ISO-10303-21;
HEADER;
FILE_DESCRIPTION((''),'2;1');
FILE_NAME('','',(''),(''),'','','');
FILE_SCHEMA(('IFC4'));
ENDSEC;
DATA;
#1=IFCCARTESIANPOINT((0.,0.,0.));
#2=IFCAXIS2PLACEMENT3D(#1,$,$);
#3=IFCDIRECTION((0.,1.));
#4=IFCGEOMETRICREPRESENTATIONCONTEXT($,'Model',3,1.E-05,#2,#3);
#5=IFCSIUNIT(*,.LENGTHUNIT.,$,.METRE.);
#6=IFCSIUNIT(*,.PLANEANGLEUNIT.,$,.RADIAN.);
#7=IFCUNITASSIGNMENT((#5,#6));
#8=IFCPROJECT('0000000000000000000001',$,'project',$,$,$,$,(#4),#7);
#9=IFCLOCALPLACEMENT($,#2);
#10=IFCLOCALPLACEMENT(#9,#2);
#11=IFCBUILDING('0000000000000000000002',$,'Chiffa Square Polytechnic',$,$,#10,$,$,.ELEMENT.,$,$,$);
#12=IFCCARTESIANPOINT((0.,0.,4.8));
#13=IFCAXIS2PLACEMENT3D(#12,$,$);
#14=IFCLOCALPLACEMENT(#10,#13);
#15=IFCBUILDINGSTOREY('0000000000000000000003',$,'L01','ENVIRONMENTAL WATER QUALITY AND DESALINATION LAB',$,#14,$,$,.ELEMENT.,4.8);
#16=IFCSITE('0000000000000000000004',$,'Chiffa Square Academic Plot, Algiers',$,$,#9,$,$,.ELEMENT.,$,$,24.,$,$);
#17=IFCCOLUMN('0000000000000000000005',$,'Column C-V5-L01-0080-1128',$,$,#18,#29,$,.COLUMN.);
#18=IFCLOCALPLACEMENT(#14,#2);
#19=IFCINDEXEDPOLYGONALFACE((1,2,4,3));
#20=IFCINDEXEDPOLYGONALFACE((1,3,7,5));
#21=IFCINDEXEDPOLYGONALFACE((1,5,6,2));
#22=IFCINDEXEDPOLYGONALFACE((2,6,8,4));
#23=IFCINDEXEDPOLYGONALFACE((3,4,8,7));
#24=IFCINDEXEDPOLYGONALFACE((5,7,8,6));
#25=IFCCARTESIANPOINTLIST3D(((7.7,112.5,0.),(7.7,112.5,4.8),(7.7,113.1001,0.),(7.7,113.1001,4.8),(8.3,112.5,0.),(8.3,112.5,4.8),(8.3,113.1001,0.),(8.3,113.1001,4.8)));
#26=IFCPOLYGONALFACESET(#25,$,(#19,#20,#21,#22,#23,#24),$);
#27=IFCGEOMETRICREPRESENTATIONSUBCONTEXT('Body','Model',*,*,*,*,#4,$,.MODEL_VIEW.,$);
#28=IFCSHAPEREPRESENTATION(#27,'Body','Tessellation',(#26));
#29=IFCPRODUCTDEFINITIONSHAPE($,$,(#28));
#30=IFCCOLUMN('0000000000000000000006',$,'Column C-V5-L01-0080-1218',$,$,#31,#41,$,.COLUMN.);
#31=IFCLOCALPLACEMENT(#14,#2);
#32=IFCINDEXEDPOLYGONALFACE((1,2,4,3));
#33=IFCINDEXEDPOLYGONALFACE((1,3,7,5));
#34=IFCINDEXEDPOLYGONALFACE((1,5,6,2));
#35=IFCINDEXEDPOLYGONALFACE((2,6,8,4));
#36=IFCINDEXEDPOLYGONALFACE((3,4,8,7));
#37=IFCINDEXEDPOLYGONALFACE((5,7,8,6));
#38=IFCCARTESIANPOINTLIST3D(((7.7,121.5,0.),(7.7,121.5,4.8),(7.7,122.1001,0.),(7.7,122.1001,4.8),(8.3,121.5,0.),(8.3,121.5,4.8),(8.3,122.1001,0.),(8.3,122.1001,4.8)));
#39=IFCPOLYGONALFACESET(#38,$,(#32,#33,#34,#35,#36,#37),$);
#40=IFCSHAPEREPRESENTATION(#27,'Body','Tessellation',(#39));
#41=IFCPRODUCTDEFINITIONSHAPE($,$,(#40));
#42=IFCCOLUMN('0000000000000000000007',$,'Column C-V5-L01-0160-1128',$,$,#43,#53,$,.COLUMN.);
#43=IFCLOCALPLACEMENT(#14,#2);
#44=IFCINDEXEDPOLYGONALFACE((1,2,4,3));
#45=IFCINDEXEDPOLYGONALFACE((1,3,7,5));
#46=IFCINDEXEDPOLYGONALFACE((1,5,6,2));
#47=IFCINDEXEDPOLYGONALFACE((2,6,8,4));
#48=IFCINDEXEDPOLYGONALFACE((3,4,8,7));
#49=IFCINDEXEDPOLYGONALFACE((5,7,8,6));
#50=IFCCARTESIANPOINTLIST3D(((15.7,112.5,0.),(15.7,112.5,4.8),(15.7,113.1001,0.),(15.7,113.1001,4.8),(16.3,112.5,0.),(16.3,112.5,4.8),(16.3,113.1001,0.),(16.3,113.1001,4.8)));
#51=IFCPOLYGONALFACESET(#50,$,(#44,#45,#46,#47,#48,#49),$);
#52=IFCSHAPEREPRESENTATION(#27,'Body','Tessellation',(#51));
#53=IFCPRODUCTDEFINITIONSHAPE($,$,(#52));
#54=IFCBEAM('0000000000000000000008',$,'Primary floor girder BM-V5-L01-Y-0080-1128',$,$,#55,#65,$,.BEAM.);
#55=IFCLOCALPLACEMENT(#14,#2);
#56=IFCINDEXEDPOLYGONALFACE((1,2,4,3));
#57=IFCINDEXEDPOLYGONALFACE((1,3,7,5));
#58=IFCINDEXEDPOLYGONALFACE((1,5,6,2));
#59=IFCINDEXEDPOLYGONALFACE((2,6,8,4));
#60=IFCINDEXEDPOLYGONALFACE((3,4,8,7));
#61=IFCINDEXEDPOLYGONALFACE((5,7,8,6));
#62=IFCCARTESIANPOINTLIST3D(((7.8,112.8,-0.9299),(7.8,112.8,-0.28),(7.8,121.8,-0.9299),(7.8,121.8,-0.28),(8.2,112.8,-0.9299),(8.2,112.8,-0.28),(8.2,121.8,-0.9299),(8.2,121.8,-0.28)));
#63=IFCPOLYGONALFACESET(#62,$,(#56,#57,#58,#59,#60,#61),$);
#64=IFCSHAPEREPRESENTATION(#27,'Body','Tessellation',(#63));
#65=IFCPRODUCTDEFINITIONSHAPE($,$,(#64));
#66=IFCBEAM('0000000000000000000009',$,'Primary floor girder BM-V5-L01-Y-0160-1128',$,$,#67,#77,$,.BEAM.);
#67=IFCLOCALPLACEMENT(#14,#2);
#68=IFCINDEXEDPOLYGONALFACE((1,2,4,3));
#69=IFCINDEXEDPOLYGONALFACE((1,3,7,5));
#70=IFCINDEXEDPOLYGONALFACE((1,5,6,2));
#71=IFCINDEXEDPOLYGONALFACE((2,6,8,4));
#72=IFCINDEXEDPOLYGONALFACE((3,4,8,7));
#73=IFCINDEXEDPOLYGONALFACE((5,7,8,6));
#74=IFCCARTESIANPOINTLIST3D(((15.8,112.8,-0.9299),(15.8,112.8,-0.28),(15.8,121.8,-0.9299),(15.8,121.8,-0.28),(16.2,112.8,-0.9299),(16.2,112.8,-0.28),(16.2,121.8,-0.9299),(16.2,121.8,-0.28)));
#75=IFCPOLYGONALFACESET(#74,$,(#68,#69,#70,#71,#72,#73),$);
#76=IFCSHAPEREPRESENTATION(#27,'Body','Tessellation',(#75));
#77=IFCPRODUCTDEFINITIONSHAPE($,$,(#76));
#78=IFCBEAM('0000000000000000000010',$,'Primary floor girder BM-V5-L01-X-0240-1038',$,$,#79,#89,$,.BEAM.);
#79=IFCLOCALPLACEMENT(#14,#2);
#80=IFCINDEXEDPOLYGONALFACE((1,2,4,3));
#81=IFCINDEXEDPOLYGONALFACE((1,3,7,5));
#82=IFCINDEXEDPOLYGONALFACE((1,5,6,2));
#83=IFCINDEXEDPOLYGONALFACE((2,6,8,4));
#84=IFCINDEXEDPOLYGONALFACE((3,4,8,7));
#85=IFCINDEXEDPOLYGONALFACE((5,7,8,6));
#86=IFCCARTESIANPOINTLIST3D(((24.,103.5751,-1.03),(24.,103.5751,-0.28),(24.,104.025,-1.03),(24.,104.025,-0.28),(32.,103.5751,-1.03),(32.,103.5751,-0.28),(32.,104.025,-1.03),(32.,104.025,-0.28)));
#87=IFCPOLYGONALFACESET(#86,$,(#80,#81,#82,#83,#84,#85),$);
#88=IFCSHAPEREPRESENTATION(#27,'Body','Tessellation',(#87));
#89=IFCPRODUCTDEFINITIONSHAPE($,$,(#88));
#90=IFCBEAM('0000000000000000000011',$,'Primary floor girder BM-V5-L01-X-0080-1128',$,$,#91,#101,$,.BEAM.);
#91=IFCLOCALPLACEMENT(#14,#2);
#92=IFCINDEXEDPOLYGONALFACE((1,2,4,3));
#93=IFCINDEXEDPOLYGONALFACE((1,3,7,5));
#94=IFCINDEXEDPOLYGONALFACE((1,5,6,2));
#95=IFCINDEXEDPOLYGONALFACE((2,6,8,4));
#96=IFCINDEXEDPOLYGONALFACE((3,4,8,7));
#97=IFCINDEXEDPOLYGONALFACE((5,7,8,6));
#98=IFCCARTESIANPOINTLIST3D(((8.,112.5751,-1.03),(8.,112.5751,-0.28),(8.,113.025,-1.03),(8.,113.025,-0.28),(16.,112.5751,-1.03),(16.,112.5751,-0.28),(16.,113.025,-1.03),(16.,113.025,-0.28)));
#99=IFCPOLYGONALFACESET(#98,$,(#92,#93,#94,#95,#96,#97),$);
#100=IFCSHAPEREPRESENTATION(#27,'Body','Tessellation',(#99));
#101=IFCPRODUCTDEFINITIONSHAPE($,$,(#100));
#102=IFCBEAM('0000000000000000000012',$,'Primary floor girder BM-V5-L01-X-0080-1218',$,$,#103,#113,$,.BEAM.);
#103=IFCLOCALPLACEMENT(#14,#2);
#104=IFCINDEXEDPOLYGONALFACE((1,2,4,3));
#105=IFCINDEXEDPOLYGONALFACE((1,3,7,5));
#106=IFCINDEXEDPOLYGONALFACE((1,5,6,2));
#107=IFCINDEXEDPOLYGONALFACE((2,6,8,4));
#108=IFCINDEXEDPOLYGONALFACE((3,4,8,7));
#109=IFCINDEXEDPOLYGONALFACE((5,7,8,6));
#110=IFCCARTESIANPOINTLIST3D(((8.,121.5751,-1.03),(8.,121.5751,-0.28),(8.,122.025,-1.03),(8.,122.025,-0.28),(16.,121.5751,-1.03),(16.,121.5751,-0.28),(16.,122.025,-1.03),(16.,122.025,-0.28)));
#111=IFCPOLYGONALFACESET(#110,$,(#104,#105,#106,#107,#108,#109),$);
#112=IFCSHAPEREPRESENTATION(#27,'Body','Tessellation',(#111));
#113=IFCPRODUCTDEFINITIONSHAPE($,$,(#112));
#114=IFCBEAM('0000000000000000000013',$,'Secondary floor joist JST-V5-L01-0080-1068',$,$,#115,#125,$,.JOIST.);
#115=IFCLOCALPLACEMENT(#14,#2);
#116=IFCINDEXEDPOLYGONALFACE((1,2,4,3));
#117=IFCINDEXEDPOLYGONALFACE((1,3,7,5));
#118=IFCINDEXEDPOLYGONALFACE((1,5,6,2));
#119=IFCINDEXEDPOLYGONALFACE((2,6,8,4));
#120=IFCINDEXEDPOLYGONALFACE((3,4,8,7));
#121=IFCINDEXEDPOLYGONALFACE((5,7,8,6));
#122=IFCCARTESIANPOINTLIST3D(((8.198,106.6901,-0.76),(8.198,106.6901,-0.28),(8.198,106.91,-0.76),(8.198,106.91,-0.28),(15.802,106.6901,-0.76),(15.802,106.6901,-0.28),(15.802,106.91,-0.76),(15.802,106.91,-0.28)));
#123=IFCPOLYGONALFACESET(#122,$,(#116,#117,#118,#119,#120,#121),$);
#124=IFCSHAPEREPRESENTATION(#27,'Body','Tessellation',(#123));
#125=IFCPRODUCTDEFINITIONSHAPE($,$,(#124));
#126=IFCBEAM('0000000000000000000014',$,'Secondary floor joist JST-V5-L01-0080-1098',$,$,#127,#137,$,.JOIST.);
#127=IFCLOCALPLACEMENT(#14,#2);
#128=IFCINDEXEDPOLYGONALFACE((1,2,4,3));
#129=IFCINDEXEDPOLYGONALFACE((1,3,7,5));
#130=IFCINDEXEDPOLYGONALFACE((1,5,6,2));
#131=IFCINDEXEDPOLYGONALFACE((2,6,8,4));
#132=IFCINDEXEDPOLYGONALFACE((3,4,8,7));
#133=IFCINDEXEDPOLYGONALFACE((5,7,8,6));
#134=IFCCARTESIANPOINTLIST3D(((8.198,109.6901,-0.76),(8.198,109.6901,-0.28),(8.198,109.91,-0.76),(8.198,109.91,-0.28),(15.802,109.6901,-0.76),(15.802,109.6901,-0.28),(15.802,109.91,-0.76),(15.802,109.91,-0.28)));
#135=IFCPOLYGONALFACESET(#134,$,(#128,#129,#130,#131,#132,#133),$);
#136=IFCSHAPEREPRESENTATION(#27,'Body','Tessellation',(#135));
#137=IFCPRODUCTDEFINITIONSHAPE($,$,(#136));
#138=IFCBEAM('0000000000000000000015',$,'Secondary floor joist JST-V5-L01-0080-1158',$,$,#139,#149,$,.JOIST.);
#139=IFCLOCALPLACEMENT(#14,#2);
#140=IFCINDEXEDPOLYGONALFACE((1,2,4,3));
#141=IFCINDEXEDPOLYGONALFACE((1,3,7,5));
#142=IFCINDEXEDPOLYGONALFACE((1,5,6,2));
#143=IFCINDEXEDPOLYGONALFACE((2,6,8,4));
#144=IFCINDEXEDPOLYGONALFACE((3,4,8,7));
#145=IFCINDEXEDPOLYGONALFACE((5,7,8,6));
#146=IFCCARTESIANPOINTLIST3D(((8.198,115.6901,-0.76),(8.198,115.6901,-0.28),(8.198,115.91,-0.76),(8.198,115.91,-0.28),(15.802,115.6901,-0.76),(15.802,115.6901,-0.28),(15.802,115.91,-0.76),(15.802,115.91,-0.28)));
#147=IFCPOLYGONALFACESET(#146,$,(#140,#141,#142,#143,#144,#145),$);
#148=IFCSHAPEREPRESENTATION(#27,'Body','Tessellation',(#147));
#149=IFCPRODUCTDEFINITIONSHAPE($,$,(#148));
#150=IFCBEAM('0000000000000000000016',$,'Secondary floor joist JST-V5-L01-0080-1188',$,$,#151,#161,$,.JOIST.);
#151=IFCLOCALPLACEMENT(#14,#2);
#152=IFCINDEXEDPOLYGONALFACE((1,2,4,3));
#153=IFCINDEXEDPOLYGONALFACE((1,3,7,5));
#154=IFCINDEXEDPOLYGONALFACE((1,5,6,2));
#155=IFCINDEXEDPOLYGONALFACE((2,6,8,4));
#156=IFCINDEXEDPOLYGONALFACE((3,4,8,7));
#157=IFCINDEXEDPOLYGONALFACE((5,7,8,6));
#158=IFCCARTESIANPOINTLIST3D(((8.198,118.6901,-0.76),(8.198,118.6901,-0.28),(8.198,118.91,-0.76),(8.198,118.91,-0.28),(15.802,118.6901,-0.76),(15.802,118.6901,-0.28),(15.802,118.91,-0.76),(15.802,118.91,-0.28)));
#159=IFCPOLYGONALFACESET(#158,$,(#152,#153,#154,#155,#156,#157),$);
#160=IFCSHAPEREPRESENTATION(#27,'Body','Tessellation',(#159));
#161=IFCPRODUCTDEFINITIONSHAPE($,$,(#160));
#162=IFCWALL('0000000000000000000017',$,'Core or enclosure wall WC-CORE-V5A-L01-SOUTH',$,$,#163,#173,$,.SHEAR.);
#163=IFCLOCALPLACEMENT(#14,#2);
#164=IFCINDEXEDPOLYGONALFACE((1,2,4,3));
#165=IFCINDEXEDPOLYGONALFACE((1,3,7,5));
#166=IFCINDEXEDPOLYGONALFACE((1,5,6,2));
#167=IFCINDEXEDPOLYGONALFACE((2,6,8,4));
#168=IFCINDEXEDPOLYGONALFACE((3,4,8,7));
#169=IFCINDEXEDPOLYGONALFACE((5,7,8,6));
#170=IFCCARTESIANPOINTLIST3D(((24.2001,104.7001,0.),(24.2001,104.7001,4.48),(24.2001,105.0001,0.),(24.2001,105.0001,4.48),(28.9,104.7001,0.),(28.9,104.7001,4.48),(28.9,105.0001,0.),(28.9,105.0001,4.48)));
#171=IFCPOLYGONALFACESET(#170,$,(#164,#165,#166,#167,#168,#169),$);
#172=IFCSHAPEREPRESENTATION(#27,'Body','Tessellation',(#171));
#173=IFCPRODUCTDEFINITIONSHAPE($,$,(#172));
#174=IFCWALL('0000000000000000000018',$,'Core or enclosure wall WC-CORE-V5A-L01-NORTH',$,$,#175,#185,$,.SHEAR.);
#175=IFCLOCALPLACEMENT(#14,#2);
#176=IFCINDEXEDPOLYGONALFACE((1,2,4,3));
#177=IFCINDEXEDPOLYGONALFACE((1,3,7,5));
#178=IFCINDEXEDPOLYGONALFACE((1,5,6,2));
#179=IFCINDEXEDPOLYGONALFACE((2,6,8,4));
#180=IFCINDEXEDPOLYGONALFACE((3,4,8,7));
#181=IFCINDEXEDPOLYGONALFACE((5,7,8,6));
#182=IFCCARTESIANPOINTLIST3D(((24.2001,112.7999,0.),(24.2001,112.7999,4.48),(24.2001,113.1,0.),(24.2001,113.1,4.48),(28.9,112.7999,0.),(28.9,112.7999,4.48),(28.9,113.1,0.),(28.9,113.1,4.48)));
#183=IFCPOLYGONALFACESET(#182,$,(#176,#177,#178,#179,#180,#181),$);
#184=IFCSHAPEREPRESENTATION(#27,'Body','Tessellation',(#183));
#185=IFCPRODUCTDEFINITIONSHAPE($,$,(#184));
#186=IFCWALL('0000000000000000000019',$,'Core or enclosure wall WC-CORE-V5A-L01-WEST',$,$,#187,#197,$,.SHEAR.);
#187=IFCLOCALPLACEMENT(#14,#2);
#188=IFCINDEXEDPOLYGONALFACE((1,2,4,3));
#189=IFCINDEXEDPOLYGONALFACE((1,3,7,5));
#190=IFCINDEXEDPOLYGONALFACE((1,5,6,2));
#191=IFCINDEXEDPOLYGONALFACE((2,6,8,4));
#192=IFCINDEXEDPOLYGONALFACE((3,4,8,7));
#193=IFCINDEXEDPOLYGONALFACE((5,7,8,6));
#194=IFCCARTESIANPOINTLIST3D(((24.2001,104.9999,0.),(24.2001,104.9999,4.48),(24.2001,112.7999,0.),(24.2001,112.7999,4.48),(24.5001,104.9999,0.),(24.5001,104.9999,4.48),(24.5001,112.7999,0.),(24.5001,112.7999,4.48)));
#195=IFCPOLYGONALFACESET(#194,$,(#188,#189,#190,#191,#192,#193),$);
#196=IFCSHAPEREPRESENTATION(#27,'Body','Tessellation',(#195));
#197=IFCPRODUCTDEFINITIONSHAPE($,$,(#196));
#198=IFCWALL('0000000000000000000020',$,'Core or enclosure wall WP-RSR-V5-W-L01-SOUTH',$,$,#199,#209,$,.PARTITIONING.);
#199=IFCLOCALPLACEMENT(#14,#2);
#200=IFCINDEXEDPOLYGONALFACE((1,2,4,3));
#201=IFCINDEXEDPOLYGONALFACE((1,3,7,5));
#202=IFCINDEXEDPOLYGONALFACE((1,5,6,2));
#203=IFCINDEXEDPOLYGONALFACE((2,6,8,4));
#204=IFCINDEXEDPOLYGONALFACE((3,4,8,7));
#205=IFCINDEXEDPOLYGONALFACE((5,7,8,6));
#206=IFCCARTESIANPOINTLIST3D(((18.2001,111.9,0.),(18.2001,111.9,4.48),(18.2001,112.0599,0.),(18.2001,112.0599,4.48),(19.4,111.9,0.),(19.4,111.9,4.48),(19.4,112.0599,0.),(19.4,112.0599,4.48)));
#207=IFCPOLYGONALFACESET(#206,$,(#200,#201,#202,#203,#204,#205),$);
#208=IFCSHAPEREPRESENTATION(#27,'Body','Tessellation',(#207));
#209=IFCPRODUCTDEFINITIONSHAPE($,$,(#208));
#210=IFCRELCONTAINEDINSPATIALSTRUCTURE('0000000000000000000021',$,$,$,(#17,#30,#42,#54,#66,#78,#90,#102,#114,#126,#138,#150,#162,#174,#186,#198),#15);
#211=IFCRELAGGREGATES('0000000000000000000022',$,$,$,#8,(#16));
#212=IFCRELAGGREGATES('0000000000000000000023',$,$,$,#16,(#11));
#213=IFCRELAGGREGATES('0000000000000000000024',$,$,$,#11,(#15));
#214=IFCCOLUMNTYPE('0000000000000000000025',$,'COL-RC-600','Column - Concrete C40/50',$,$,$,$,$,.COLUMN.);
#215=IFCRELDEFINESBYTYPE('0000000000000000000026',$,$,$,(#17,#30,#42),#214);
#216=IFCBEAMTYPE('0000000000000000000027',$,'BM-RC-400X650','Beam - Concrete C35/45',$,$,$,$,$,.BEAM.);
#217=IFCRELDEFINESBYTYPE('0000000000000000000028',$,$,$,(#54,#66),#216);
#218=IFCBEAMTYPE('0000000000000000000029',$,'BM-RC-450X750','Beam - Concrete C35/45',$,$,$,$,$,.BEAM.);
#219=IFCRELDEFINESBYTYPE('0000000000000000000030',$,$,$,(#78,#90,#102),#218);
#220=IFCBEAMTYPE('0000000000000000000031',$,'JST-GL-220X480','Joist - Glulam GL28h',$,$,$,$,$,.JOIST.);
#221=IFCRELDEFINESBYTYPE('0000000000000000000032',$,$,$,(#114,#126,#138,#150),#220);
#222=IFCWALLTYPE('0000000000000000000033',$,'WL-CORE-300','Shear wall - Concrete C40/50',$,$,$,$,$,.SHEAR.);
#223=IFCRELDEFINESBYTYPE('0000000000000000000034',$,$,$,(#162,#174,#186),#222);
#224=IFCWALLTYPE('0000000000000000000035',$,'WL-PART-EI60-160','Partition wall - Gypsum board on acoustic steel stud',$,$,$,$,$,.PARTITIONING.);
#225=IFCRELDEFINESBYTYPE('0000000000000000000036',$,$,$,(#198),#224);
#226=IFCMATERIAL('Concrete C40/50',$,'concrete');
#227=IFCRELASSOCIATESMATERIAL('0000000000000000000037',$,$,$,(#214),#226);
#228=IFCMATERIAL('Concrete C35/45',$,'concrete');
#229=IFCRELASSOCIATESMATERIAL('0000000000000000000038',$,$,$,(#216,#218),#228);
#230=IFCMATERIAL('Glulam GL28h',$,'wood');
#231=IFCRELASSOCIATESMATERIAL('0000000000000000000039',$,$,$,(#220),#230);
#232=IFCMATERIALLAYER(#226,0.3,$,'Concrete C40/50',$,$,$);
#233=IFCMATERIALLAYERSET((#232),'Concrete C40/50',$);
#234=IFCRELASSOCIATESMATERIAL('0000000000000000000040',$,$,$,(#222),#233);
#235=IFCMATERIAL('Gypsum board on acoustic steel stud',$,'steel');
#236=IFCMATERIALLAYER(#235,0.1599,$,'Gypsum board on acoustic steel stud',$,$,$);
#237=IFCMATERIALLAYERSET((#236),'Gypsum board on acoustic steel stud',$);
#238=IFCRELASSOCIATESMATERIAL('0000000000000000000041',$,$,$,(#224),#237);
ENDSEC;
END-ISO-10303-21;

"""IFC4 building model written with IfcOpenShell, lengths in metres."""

from ifc_helpers import new_model, si_unit, direction, frame, frame_2d, origin, origin_2d, place, context, subcontext, project, spatial, rectangle, extrude, material, layer, layer_set, material_profile, profile_set, type_object, element, save


model = new_model("IFC4")

# Units and contexts
model_context = context("Model", 3, precision=1e-05, world=origin(), true_north=direction((0.0, 1.0)))
body_context = subcontext(model_context, "Body", "Model", "MODEL_VIEW")
ifc_project = project(units=[si_unit("LENGTHUNIT", "METRE"), si_unit("PLANEANGLEUNIT", "RADIAN")], contexts=[model_context])

# Site, building, storey
site_placement = place(None, origin())
site = spatial("IfcSite", under=ifc_project, at=site_placement, Name="Chiffa Square Academic Plot, Algiers", CompositionType="ELEMENT", RefElevation=24.0)
building_placement = place(site_placement, origin())
building = spatial("IfcBuilding", under=site, at=building_placement, Name="Chiffa Square Polytechnic", CompositionType="ELEMENT")
storey_placement = place(building_placement, frame((0.0, 0.0, 4.8)))
storey = spatial("IfcBuildingStorey", under=building, at=storey_placement, Name="L01", Description="ENVIRONMENTAL WATER QUALITY AND DESALINATION LAB", CompositionType="ELEMENT", Elevation=4.8)

# Columns
ifc_material_1 = material(Name="Concrete C40/50", Category="concrete")
ifc_material_profile_1 = material_profile(ifc_material_1, rectangle(XDim=0.6001, YDim=0.6001, at=origin_2d()), Name="RC 600x600")
ifc_profile_set_1 = profile_set([ifc_material_profile_1], Name="Concrete C40/50")
column_type = type_object("IfcColumnType", Name="COL-RC-600", Description="Column - Concrete C40/50", PredefinedType="COLUMN", material=ifc_profile_set_1)
for number, where, z_axis, x_axis, name in (
    (1, (8.0, 112.8, 0.0), (0.0, 0.0, 1.0), (1.0, 0.0, 0.0), "Column C-V5-L01-0080-1128"),
    (2, (8.0, 121.8, 0.0), (0.0, 0.0, 1.0), (1.0, 0.0, 0.0), "Column C-V5-L01-0080-1218"),
    (3, (16.0, 112.8, 0.0), (0.0, 0.0, 1.0), (1.0, 0.0, 0.0), "Column C-V5-L01-0160-1128"),
):
    element("IfcColumn", number, at=place(storey_placement, frame(where, z_axis=z_axis, x_axis=x_axis)), inside=storey, type_object=column_type, Name=name, PredefinedType="COLUMN", context=body_context, shape_type="SweptSolid", body=[
        extrude(rectangle(XDim=0.6001, YDim=0.6001, at=origin_2d()), origin(), (0.0, 0.0, 1.0), 4.8),
    ])

# Beams
ifc_material_2 = material(Name="Concrete C35/45", Category="concrete")
ifc_material_profile_2 = material_profile(ifc_material_2, rectangle(XDim=0.3999, YDim=0.6499, at=origin_2d()), Name="RC 400x650")
ifc_profile_set_2 = profile_set([ifc_material_profile_2], Name="Concrete C35/45")
beam_type_1 = type_object("IfcBeamType", Name="BM-RC-400X650", Description="Beam - Concrete C35/45", PredefinedType="BEAM", material=ifc_profile_set_2)
for number, where, z_axis, x_axis, name in (
    (4, (8.0, 112.8, -0.605), (0.0, 1.0, 0.0), (-1.0, 0.0, 0.0), "Primary floor girder BM-V5-L01-Y-0080-1128"),
    (5, (16.0, 112.8, -0.605), (0.0, 1.0, 0.0), (-1.0, 0.0, 0.0), "Primary floor girder BM-V5-L01-Y-0160-1128"),
):
    element("IfcBeam", number, at=place(storey_placement, frame(where, z_axis=z_axis, x_axis=x_axis)), inside=storey, type_object=beam_type_1, Name=name, PredefinedType="BEAM", context=body_context, shape_type="SweptSolid", body=[
        extrude(rectangle(XDim=0.3999, YDim=0.6499, at=origin_2d()), origin(), (0.0, 0.0, 1.0), 9.0),
    ])
ifc_material_profile_3 = material_profile(ifc_material_2, rectangle(XDim=0.45, YDim=0.75, at=origin_2d()), Name="RC 450x750")
ifc_profile_set_3 = profile_set([ifc_material_profile_3], Name="Concrete C35/45")
beam_type_2 = type_object("IfcBeamType", Name="BM-RC-450X750", Description="Beam - Concrete C35/45", PredefinedType="BEAM", material=ifc_profile_set_3)
for number, where, z_axis, x_axis, name in (
    (6, (24.0, 103.8, -0.655), (1.0, 0.0, 0.0), (0.0, 1.0, 0.0), "Primary floor girder BM-V5-L01-X-0240-1038"),
    (7, (8.0, 112.8, -0.655), (1.0, 0.0, 0.0), (0.0, 1.0, 0.0), "Primary floor girder BM-V5-L01-X-0080-1128"),
    (8, (8.0, 121.8, -0.655), (1.0, 0.0, 0.0), (0.0, 1.0, 0.0), "Primary floor girder BM-V5-L01-X-0080-1218"),
):
    element("IfcBeam", number, at=place(storey_placement, frame(where, z_axis=z_axis, x_axis=x_axis)), inside=storey, type_object=beam_type_2, Name=name, PredefinedType="BEAM", context=body_context, shape_type="SweptSolid", body=[
        extrude(rectangle(XDim=0.45, YDim=0.75, at=origin_2d()), origin(), (0.0, 0.0, 1.0), 8.0),
    ])
ifc_material_3 = material(Name="Glulam GL28h", Category="wood")
ifc_material_profile_4 = material_profile(ifc_material_3, rectangle(XDim=0.22, YDim=0.48, at=origin_2d()), Name="GL28h 220x480")
ifc_profile_set_4 = profile_set([ifc_material_profile_4], Name="Glulam GL28h")
beam_type_3 = type_object("IfcBeamType", Name="JST-GL-220X480", Description="Joist - Glulam GL28h", PredefinedType="JOIST", material=ifc_profile_set_4)
for number, where, z_axis, x_axis, name in (
    (9, (8.198, 106.8, -0.52), (1.0, 0.0, 0.0), (0.0, 1.0, 0.0), "Secondary floor joist JST-V5-L01-0080-1068"),
    (10, (8.198, 109.8, -0.52), (1.0, 0.0, 0.0), (0.0, 1.0, 0.0), "Secondary floor joist JST-V5-L01-0080-1098"),
    (11, (8.198, 115.8, -0.52), (1.0, 0.0, 0.0), (0.0, 1.0, 0.0), "Secondary floor joist JST-V5-L01-0080-1158"),
    (12, (8.198, 118.8, -0.52), (1.0, 0.0, 0.0), (0.0, 1.0, 0.0), "Secondary floor joist JST-V5-L01-0080-1188"),
):
    element("IfcBeam", number, at=place(storey_placement, frame(where, z_axis=z_axis, x_axis=x_axis)), inside=storey, type_object=beam_type_3, Name=name, PredefinedType="JOIST", context=body_context, shape_type="SweptSolid", body=[
        extrude(rectangle(XDim=0.22, YDim=0.48, at=origin_2d()), origin(), (0.0, 0.0, 1.0), 7.604),
    ])

# Walls
ifc_layer_1 = layer(ifc_material_1, 0.3, Name="Concrete C40/50")
ifc_layer_set_1 = layer_set([ifc_layer_1], Name="Concrete C40/50")
wall_type_1 = type_object("IfcWallType", Name="WL-CORE-300", Description="Shear wall - Concrete C40/50", PredefinedType="SHEAR", material=ifc_layer_set_1)
for number, where, z_axis, x_axis, name in (
    (13, (24.2, 104.8501, 0.0), (0.0, 0.0, 1.0), (1.0, 0.0, 0.0), "Core or enclosure wall WC-CORE-V5A-L01-SOUTH"),
    (14, (24.2, 112.95, 0.0), (0.0, 0.0, 1.0), (1.0, 0.0, 0.0), "Core or enclosure wall WC-CORE-V5A-L01-NORTH"),
):
    element("IfcWall", number, at=place(storey_placement, frame(where, z_axis=z_axis, x_axis=x_axis)), inside=storey, type_object=wall_type_1, Name=name, PredefinedType="SHEAR", context=body_context, shape_type="SweptSolid", body=[
        extrude(rectangle(XDim=4.7, YDim=0.3, at=frame_2d((2.3501, 0.0))), origin(), (0.0, 0.0, 1.0), 4.48),
    ])
wall_1_placement = place(storey_placement, frame((24.3501, 105.0, 0.0), z_axis=(0.0, 0.0, 1.0), x_axis=(0.0, 1.0, 0.0)))
element("IfcWall", 15, at=wall_1_placement, inside=storey, type_object=wall_type_1, Name="Core or enclosure wall WC-CORE-V5A-L01-WEST", PredefinedType="SHEAR", context=body_context, shape_type="SweptSolid", body=[
    extrude(rectangle(XDim=7.8, YDim=0.3, at=frame_2d((3.8999, 0.0))), origin(), (0.0, 0.0, 1.0), 4.48),
])
ifc_material_4 = material(Name="Gypsum board on acoustic steel stud", Category="steel")
ifc_layer_2 = layer(ifc_material_4, 0.1599, Name="Gypsum board on acoustic steel stud")
ifc_layer_set_2 = layer_set([ifc_layer_2], Name="Gypsum board on acoustic steel stud")
wall_type_2 = type_object("IfcWallType", Name="WL-PART-EI60-160", Description="Partition wall - Gypsum board on acoustic steel stud", PredefinedType="PARTITIONING", material=ifc_layer_set_2)
wall_2_placement = place(storey_placement, frame((18.2, 111.98, 0.0), z_axis=(0.0, 0.0, 1.0), x_axis=(1.0, 0.0, 0.0)))
element("IfcWall", 16, at=wall_2_placement, inside=storey, type_object=wall_type_2, Name="Core or enclosure wall WP-RSR-V5-W-L01-SOUTH", PredefinedType="PARTITIONING", context=body_context, shape_type="SweptSolid", body=[
    extrude(rectangle(XDim=1.2, YDim=0.1599, at=frame_2d((0.6001, 0.0))), origin(), (0.0, 0.0, 1.0), 4.48),
])

save(model, "model.ifc")
